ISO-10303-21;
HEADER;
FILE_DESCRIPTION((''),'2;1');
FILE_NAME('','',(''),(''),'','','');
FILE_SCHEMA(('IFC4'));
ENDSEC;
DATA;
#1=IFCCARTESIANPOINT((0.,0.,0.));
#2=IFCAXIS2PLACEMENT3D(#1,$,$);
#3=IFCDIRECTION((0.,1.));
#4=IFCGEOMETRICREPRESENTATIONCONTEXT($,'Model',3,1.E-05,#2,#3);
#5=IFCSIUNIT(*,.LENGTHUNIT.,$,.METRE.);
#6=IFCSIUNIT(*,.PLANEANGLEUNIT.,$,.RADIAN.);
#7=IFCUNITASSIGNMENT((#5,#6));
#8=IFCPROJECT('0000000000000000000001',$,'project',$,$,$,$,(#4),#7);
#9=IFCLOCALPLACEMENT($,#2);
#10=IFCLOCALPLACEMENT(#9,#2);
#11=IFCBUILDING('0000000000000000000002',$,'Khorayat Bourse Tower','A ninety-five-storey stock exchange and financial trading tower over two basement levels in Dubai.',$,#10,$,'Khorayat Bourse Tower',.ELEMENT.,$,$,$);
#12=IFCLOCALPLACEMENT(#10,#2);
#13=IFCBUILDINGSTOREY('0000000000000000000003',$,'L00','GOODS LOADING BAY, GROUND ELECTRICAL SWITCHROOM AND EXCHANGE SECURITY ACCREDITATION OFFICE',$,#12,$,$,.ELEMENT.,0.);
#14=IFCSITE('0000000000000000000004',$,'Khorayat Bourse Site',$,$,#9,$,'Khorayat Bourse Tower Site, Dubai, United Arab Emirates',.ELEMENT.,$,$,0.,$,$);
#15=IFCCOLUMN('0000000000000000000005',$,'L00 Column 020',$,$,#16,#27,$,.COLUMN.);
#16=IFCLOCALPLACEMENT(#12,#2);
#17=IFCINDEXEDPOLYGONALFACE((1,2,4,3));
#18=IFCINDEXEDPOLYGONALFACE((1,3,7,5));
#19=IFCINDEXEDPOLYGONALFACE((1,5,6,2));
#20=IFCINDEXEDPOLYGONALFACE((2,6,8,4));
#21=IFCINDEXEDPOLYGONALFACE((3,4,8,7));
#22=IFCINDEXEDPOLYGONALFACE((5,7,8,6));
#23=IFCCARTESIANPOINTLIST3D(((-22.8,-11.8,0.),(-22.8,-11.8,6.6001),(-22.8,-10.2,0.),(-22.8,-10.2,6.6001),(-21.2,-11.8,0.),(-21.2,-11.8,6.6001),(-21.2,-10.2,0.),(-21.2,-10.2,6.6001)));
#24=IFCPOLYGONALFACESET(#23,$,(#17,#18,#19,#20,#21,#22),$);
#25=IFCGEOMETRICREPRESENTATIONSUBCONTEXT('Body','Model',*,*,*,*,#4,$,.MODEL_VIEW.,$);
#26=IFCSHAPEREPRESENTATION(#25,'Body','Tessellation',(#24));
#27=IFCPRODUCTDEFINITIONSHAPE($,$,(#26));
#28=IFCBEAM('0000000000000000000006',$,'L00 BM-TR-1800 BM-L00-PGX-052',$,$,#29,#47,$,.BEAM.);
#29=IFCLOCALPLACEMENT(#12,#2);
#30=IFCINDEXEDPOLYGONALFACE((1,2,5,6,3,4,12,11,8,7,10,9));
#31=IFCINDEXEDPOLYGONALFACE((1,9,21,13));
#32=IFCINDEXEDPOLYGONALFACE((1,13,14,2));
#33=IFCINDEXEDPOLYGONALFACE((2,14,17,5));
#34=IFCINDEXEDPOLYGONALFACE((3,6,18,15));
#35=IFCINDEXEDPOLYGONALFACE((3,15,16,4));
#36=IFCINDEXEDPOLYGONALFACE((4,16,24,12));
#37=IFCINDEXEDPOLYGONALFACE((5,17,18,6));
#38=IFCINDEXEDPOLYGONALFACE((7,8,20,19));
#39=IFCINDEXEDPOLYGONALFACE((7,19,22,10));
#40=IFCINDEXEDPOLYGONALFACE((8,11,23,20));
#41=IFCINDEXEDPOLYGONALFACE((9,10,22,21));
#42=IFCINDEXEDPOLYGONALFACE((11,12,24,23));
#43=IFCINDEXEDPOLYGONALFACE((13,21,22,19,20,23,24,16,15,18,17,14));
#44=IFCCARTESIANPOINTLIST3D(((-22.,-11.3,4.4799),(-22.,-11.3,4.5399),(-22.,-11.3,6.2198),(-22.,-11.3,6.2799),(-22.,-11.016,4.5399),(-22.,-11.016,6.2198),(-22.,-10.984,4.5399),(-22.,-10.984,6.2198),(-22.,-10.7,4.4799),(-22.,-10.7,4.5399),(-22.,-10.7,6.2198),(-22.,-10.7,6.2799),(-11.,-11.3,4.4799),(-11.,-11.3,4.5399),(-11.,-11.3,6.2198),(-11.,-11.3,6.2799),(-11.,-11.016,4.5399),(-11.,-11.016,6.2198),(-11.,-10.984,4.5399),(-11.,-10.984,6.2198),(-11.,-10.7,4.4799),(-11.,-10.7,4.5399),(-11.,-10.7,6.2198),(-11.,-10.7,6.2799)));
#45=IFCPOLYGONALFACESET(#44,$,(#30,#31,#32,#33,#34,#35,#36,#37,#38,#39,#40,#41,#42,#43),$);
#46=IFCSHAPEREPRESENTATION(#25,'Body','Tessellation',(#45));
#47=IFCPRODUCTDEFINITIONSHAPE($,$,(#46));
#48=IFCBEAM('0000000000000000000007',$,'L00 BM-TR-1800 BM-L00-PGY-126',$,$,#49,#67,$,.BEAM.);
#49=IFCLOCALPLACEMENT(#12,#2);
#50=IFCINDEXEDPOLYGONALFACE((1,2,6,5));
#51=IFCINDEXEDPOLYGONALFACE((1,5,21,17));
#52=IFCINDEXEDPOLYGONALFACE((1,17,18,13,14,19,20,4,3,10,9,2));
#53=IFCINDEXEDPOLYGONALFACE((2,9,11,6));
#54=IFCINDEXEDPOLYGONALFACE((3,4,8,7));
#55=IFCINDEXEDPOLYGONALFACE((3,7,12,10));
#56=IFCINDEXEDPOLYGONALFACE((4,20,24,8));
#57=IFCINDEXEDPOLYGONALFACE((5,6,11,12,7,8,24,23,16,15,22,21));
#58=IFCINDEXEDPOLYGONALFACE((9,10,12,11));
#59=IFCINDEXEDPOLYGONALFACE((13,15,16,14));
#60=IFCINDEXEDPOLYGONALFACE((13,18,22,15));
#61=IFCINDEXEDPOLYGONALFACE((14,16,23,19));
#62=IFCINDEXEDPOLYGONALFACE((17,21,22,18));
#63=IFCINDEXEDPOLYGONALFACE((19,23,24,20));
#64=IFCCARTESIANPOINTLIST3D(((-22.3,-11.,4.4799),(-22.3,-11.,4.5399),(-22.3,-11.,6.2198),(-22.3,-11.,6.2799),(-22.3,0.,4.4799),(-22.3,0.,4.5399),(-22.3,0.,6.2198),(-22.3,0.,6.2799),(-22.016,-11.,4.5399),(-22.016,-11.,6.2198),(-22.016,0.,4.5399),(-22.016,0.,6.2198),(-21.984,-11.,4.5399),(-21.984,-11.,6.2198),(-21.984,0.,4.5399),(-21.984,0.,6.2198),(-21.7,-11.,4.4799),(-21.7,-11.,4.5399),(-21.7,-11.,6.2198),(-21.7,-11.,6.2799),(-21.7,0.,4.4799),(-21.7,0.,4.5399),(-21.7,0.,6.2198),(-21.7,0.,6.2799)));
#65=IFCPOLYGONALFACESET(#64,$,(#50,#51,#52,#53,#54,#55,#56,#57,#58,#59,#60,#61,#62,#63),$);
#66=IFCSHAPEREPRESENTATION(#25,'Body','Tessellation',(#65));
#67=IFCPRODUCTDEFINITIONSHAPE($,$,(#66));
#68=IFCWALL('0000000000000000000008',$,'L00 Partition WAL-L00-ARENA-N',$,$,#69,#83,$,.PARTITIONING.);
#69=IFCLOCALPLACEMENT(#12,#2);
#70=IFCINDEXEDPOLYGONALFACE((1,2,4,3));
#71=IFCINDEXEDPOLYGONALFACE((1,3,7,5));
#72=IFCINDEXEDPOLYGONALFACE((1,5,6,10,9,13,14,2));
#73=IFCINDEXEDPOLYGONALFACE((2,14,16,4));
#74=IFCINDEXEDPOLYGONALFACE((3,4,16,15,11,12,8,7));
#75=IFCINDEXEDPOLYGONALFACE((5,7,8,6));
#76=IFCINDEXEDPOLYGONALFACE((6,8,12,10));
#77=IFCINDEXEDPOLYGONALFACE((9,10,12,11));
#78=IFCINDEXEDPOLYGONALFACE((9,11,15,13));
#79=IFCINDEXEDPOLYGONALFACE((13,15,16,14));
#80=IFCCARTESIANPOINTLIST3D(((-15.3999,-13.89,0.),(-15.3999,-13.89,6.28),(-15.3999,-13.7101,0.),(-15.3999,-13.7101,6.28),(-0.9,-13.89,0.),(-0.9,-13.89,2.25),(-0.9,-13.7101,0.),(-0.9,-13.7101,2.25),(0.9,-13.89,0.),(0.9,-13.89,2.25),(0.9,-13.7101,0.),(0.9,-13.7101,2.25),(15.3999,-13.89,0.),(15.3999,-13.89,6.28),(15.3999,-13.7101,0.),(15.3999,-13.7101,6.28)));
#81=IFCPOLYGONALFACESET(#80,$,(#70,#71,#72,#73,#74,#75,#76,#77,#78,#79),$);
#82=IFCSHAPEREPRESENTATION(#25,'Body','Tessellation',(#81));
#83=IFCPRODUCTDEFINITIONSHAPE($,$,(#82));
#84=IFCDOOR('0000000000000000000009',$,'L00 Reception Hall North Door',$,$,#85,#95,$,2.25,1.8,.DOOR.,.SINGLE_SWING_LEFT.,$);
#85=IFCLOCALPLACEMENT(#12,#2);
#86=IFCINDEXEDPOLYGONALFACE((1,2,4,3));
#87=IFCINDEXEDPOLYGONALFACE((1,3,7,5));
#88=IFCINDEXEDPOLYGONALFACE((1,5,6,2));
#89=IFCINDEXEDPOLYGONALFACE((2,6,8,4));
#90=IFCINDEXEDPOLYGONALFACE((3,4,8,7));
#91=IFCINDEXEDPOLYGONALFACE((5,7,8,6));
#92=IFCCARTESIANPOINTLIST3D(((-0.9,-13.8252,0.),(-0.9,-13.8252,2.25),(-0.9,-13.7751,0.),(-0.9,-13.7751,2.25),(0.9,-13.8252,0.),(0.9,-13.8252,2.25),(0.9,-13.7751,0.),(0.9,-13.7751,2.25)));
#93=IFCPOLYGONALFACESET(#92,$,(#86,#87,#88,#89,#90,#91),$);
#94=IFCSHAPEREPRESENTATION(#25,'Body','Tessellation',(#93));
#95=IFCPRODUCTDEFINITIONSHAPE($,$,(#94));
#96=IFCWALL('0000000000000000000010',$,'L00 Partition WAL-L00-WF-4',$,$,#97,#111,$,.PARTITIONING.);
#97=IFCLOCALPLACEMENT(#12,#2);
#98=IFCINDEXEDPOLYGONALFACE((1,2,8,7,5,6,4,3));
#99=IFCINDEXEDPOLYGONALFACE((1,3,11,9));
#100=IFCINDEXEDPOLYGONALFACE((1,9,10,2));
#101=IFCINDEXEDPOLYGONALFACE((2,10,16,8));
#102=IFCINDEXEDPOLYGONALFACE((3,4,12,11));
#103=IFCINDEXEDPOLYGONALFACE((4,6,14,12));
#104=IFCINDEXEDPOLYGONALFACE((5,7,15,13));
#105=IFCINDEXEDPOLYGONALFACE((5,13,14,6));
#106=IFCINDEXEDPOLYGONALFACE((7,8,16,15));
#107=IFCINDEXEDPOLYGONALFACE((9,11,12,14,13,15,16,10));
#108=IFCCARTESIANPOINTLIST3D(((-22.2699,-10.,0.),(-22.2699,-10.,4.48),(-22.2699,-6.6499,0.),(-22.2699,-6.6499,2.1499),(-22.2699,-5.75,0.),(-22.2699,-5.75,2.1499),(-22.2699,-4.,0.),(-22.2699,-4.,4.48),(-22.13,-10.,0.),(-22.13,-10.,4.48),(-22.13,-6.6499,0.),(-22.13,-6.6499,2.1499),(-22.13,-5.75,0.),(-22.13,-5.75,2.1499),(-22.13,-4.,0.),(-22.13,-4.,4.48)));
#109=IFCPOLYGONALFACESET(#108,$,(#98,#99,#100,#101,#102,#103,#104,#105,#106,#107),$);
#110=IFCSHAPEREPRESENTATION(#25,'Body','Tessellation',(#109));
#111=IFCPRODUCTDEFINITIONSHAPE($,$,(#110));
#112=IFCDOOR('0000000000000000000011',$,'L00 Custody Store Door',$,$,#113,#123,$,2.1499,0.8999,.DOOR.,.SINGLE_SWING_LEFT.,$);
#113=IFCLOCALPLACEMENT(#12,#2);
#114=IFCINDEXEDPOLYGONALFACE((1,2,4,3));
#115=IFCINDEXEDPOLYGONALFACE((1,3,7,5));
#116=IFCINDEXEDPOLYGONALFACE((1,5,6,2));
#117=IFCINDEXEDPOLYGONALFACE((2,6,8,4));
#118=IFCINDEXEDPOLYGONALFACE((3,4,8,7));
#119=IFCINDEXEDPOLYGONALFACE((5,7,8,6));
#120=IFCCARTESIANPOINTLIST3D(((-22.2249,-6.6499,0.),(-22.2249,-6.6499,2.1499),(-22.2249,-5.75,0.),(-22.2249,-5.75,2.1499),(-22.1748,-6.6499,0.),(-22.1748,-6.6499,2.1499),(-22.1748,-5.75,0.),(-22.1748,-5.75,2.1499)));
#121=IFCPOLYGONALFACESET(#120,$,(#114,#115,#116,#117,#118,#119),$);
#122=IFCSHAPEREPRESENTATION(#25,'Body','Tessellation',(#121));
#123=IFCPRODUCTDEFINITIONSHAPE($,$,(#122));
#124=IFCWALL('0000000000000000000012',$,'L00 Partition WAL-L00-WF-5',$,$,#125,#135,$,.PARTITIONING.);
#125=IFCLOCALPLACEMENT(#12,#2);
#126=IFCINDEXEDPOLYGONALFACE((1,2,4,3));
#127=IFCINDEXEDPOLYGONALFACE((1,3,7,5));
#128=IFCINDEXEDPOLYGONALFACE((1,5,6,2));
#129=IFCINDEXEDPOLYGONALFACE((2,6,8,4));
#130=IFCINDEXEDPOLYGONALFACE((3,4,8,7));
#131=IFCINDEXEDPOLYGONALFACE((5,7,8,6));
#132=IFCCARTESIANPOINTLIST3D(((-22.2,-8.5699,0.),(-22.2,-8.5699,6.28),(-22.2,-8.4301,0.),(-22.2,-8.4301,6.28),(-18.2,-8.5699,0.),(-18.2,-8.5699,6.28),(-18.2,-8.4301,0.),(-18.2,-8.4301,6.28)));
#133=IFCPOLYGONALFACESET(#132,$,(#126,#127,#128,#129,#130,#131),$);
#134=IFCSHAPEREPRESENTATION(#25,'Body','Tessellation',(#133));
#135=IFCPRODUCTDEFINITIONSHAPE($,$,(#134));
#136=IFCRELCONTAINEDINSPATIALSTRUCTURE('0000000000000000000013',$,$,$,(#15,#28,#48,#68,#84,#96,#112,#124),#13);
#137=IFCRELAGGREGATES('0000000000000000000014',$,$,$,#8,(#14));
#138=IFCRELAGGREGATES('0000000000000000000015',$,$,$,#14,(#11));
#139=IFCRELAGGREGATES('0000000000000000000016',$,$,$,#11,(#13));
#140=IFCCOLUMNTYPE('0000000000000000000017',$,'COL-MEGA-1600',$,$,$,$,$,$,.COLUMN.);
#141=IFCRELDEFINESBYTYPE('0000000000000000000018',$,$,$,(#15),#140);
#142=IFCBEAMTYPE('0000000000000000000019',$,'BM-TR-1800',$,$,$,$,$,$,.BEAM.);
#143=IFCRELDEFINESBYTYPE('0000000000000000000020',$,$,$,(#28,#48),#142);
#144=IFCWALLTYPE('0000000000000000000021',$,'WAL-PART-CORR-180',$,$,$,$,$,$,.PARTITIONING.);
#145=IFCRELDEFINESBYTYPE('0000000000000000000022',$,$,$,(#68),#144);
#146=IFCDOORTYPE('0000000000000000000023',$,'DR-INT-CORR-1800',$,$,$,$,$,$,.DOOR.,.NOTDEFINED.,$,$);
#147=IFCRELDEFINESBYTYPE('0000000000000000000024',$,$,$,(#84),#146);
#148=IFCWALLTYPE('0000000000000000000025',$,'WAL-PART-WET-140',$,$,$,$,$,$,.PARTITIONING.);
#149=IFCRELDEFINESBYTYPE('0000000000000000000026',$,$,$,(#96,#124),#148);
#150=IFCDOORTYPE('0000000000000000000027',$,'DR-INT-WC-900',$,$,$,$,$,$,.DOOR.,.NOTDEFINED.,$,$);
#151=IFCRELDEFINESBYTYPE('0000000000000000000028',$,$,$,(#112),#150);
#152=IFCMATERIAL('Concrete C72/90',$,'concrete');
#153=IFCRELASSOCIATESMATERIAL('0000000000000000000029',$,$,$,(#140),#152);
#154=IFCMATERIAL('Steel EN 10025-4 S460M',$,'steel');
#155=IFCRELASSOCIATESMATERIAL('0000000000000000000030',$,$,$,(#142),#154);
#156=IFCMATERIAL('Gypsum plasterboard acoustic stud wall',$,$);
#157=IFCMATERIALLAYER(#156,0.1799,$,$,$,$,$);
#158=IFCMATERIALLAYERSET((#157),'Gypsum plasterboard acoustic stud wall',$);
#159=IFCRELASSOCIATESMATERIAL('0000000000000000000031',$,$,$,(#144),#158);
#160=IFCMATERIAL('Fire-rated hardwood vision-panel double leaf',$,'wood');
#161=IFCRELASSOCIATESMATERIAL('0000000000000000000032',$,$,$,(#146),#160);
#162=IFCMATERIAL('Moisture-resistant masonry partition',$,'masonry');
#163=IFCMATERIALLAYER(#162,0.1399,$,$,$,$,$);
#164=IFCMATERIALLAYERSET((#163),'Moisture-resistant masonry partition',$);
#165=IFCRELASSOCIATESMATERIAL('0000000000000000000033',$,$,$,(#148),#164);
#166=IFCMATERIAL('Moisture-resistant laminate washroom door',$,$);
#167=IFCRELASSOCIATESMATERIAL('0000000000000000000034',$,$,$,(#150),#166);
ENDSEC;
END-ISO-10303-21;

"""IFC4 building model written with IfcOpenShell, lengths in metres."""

from ifc_helpers import new_model, si_unit, direction, frame, frame_2d, origin, origin_2d, place, context, subcontext, project, spatial, rectangle, i_section, extrude, source, transform, mapped, material, layer, layer_set, material_profile, profile_set, type_object, element, fill, save


model = new_model("IFC4")

# Units and contexts
model_context = context("Model", 3, precision=1e-05, world=origin(), true_north=direction((0.0, 1.0)))
body_context = subcontext(model_context, "Body", "Model", "MODEL_VIEW")
ifc_project = project(units=[si_unit("LENGTHUNIT", "METRE"), si_unit("PLANEANGLEUNIT", "RADIAN")], contexts=[model_context])

# Site, building, storey
site_placement = place(None, origin())
site = spatial("IfcSite", under=ifc_project, at=site_placement, Name="Khorayat Bourse Site", LongName="Khorayat Bourse Tower Site, Dubai, United Arab Emirates", CompositionType="ELEMENT", RefElevation=0.0)
building_placement = place(site_placement, origin())
building = spatial("IfcBuilding", under=site, at=building_placement, Name="Khorayat Bourse Tower", Description="A ninety-five-storey stock exchange and financial trading tower over two basement levels in Dubai.", LongName="Khorayat Bourse Tower", CompositionType="ELEMENT")
storey_placement = place(building_placement, origin())
storey = spatial("IfcBuildingStorey", under=building, at=storey_placement, Name="L00", Description="GOODS LOADING BAY, GROUND ELECTRICAL SWITCHROOM AND EXCHANGE SECURITY ACCREDITATION OFFICE", CompositionType="ELEMENT", Elevation=0.0)

# Column
ifc_material_1 = material(Name="Concrete C72/90", Category="concrete")
ifc_material_profile_1 = material_profile(ifc_material_1, rectangle(XDim=1.6001, YDim=1.6001, at=origin_2d()), Name="RC 1600x1600")
ifc_profile_set_1 = profile_set([ifc_material_profile_1], Name="Concrete C72/90")
column_type = type_object("IfcColumnType", Name="COL-MEGA-1600", PredefinedType="COLUMN", material=ifc_profile_set_1)
shared_shape_1 = source(origin(), body_context, "Body", "SweptSolid", [
    extrude(rectangle(XDim=1.6001, YDim=1.6001, at=origin_2d()), origin(), (0.0, 0.0, 1.0), 6.6001),
])
column_placement = place(storey_placement, frame((-22.0, -11.0, 0.0), z_axis=(0.0, 0.0, 1.0), x_axis=(1.0, 0.0, 0.0)))
element("IfcColumn", 1, at=column_placement, inside=storey, type_object=column_type, Name="L00 Column 020", PredefinedType="COLUMN", context=body_context, shape_type="MappedRepresentation", body=[
    mapped(shared_shape_1, transform((0.0, 0.0, 0.0), scale=1.0)),
])

# Beams
ifc_material_2 = material(Name="Steel EN 10025-4 S460M", Category="steel")
ifc_material_profile_2 = material_profile(ifc_material_2, i_section(OverallWidth=0.6001, OverallDepth=1.8, WebThickness=0.032, FlangeThickness=0.0601, at=origin_2d()), Name="PG 1800x600x32x60")
ifc_profile_set_2 = profile_set([ifc_material_profile_2], Name="Steel EN 10025-4 S460M")
beam_type = type_object("IfcBeamType", Name="BM-TR-1800", PredefinedType="BEAM", material=ifc_profile_set_2)
shared_shape_2 = source(origin(), body_context, "Body", "SweptSolid", [
    extrude(i_section(OverallWidth=0.6001, OverallDepth=1.8, WebThickness=0.032, FlangeThickness=0.0601, at=origin_2d()), origin(), (0.0, 0.0, 1.0), 11.0),
])
for number, where, z_axis, x_axis, name in (
    (2, (-22.0, -11.0, 5.3799), (1.0, 0.0, 0.0), (0.0, 1.0, 0.0), "L00 BM-TR-1800 BM-L00-PGX-052"),
    (3, (-22.0, -11.0, 5.3799), (0.0, 1.0, 0.0), (-1.0, 0.0, 0.0), "L00 BM-TR-1800 BM-L00-PGY-126"),
):
    element("IfcBeam", number, at=place(storey_placement, frame(where, z_axis=z_axis, x_axis=x_axis)), inside=storey, type_object=beam_type, Name=name, PredefinedType="BEAM", context=body_context, shape_type="MappedRepresentation", body=[
        mapped(shared_shape_2, transform((0.0, 0.0, 0.0), scale=1.0)),
    ])

# Walls, openings, doors
ifc_material_3 = material(Name="Gypsum plasterboard acoustic stud wall")
ifc_layer_1 = layer(ifc_material_3, 0.1799)
ifc_layer_set_1 = layer_set([ifc_layer_1], Name="Gypsum plasterboard acoustic stud wall")
wall_type_1 = type_object("IfcWallType", Name="WAL-PART-CORR-180", PredefinedType="PARTITIONING", material=ifc_layer_set_1)
shared_shape_3 = source(origin(), body_context, "Body", "SweptSolid", [
    extrude(rectangle(XDim=30.7998, YDim=0.1799, at=frame_2d((15.3999, 0.0))), origin(), (0.0, 0.0, 1.0), 6.28),
])
wall_1_placement = place(storey_placement, frame((-15.3999, -13.8, 0.0), z_axis=(0.0, 0.0, 1.0), x_axis=(1.0, 0.0, 0.0)))
wall_1 = element("IfcWall", 4, at=wall_1_placement, inside=storey, type_object=wall_type_1, Name="L00 Partition WAL-L00-ARENA-N", PredefinedType="PARTITIONING", context=body_context, shape_type="MappedRepresentation", body=[
    mapped(shared_shape_3, transform((0.0, 0.0, 0.0), scale=1.0)),
])
shared_shape_4 = source(origin(), body_context, "Body", "SweptSolid", [
    extrude(rectangle(XDim=1.8, YDim=2.25, at=frame_2d((0.8999, 1.125))), frame((0.0, 0.0999, 0.0), z_axis=(0.0, -1.0, 0.0), x_axis=(1.0, 0.0, 0.0)), (0.0, 0.0, 1.0), 0.2),
])
opening_1_placement = place(wall_1_placement, frame((14.5, 0.0, 0.0)))
opening_1 = element("IfcOpeningElement", 5, at=opening_1_placement, cuts=wall_1, PredefinedType="OPENING", context=body_context, shape_type="MappedRepresentation", body=[
    mapped(shared_shape_4, transform((0.0, 0.0, 0.0), scale=1.0)),
])
ifc_material_4 = material(Name="Fire-rated hardwood vision-panel double leaf", Category="wood")
door_type_1 = type_object("IfcDoorType", Name="DR-INT-CORR-1800", OperationType="NOTDEFINED", PredefinedType="DOOR", material=ifc_material_4)
shared_shape_5 = source(origin(), body_context, "Body", "SweptSolid", [
    extrude(rectangle(XDim=1.8, YDim=2.25, at=frame_2d((0.8999, 1.125))), frame((0.0, 0.0249, 0.0), z_axis=(0.0, -1.0, 0.0), x_axis=(1.0, 0.0, 0.0)), (0.0, 0.0, 1.0), 0.05),
])
door_1_placement = place(opening_1_placement, origin())
door_1 = element("IfcDoor", 6, at=door_1_placement, inside=storey, type_object=door_type_1, Name="L00 Reception Hall North Door", OperationType="SINGLE_SWING_LEFT", OverallHeight=2.25, OverallWidth=1.8, PredefinedType="DOOR", context=body_context, shape_type="MappedRepresentation", body=[
    mapped(shared_shape_5, transform((0.0, 0.0, 0.0), scale=1.0)),
])
fill(opening_1, door_1)
ifc_material_5 = material(Name="Moisture-resistant masonry partition", Category="masonry")
ifc_layer_2 = layer(ifc_material_5, 0.1399)
ifc_layer_set_2 = layer_set([ifc_layer_2], Name="Moisture-resistant masonry partition")
wall_type_2 = type_object("IfcWallType", Name="WAL-PART-WET-140", PredefinedType="PARTITIONING", material=ifc_layer_set_2)
shared_shape_6 = source(origin(), body_context, "Body", "SweptSolid", [
    extrude(rectangle(XDim=6.0, YDim=0.1399, at=frame_2d((3.0, 0.0))), origin(), (0.0, 0.0, 1.0), 4.48),
])
wall_2_placement = place(storey_placement, frame((-22.2, -10.0, 0.0), z_axis=(0.0, 0.0, 1.0), x_axis=(0.0, 1.0, 0.0)))
wall_2 = element("IfcWall", 7, at=wall_2_placement, inside=storey, type_object=wall_type_2, Name="L00 Partition WAL-L00-WF-4", PredefinedType="PARTITIONING", context=body_context, shape_type="MappedRepresentation", body=[
    mapped(shared_shape_6, transform((0.0, 0.0, 0.0), scale=1.0)),
])
shared_shape_7 = source(origin(), body_context, "Body", "SweptSolid", [
    extrude(rectangle(XDim=0.8999, YDim=2.1499, at=frame_2d((0.45, 1.075))), frame((0.0, 0.0798, 0.0), z_axis=(0.0, -1.0, 0.0), x_axis=(1.0, 0.0, 0.0)), (0.0, 0.0, 1.0), 0.1599),
])
opening_2_placement = place(wall_2_placement, frame((3.3501, 0.0, 0.0)))
opening_2 = element("IfcOpeningElement", 8, at=opening_2_placement, cuts=wall_2, PredefinedType="OPENING", context=body_context, shape_type="MappedRepresentation", body=[
    mapped(shared_shape_7, transform((0.0, 0.0, 0.0), scale=1.0)),
])
ifc_material_6 = material(Name="Moisture-resistant laminate washroom door")
door_type_2 = type_object("IfcDoorType", Name="DR-INT-WC-900", OperationType="NOTDEFINED", PredefinedType="DOOR", material=ifc_material_6)
shared_shape_8 = source(origin(), body_context, "Body", "SweptSolid", [
    extrude(rectangle(XDim=0.8999, YDim=2.1499, at=frame_2d((0.45, 1.075))), frame((0.0, 0.0249, 0.0), z_axis=(0.0, -1.0, 0.0), x_axis=(1.0, 0.0, 0.0)), (0.0, 0.0, 1.0), 0.05),
])
door_2_placement = place(opening_2_placement, origin())
door_2 = element("IfcDoor", 9, at=door_2_placement, inside=storey, type_object=door_type_2, Name="L00 Custody Store Door", OperationType="SINGLE_SWING_LEFT", OverallHeight=2.1499, OverallWidth=0.8999, PredefinedType="DOOR", context=body_context, shape_type="MappedRepresentation", body=[
    mapped(shared_shape_8, transform((0.0, 0.0, 0.0), scale=1.0)),
])
fill(opening_2, door_2)

# Wall
shared_shape_9 = source(origin(), body_context, "Body", "SweptSolid", [
    extrude(rectangle(XDim=4.0, YDim=0.1399, at=frame_2d((2.0, 0.0))), origin(), (0.0, 0.0, 1.0), 6.28),
])
wall_3_placement = place(storey_placement, frame((-22.2, -8.5, 0.0), z_axis=(0.0, 0.0, 1.0), x_axis=(1.0, 0.0, 0.0)))
element("IfcWall", 10, at=wall_3_placement, inside=storey, type_object=wall_type_2, Name="L00 Partition WAL-L00-WF-5", PredefinedType="PARTITIONING", context=body_context, shape_type="MappedRepresentation", body=[
    mapped(shared_shape_9, transform((0.0, 0.0, 0.0), scale=1.0)),
])

save(model, "model.ifc")
